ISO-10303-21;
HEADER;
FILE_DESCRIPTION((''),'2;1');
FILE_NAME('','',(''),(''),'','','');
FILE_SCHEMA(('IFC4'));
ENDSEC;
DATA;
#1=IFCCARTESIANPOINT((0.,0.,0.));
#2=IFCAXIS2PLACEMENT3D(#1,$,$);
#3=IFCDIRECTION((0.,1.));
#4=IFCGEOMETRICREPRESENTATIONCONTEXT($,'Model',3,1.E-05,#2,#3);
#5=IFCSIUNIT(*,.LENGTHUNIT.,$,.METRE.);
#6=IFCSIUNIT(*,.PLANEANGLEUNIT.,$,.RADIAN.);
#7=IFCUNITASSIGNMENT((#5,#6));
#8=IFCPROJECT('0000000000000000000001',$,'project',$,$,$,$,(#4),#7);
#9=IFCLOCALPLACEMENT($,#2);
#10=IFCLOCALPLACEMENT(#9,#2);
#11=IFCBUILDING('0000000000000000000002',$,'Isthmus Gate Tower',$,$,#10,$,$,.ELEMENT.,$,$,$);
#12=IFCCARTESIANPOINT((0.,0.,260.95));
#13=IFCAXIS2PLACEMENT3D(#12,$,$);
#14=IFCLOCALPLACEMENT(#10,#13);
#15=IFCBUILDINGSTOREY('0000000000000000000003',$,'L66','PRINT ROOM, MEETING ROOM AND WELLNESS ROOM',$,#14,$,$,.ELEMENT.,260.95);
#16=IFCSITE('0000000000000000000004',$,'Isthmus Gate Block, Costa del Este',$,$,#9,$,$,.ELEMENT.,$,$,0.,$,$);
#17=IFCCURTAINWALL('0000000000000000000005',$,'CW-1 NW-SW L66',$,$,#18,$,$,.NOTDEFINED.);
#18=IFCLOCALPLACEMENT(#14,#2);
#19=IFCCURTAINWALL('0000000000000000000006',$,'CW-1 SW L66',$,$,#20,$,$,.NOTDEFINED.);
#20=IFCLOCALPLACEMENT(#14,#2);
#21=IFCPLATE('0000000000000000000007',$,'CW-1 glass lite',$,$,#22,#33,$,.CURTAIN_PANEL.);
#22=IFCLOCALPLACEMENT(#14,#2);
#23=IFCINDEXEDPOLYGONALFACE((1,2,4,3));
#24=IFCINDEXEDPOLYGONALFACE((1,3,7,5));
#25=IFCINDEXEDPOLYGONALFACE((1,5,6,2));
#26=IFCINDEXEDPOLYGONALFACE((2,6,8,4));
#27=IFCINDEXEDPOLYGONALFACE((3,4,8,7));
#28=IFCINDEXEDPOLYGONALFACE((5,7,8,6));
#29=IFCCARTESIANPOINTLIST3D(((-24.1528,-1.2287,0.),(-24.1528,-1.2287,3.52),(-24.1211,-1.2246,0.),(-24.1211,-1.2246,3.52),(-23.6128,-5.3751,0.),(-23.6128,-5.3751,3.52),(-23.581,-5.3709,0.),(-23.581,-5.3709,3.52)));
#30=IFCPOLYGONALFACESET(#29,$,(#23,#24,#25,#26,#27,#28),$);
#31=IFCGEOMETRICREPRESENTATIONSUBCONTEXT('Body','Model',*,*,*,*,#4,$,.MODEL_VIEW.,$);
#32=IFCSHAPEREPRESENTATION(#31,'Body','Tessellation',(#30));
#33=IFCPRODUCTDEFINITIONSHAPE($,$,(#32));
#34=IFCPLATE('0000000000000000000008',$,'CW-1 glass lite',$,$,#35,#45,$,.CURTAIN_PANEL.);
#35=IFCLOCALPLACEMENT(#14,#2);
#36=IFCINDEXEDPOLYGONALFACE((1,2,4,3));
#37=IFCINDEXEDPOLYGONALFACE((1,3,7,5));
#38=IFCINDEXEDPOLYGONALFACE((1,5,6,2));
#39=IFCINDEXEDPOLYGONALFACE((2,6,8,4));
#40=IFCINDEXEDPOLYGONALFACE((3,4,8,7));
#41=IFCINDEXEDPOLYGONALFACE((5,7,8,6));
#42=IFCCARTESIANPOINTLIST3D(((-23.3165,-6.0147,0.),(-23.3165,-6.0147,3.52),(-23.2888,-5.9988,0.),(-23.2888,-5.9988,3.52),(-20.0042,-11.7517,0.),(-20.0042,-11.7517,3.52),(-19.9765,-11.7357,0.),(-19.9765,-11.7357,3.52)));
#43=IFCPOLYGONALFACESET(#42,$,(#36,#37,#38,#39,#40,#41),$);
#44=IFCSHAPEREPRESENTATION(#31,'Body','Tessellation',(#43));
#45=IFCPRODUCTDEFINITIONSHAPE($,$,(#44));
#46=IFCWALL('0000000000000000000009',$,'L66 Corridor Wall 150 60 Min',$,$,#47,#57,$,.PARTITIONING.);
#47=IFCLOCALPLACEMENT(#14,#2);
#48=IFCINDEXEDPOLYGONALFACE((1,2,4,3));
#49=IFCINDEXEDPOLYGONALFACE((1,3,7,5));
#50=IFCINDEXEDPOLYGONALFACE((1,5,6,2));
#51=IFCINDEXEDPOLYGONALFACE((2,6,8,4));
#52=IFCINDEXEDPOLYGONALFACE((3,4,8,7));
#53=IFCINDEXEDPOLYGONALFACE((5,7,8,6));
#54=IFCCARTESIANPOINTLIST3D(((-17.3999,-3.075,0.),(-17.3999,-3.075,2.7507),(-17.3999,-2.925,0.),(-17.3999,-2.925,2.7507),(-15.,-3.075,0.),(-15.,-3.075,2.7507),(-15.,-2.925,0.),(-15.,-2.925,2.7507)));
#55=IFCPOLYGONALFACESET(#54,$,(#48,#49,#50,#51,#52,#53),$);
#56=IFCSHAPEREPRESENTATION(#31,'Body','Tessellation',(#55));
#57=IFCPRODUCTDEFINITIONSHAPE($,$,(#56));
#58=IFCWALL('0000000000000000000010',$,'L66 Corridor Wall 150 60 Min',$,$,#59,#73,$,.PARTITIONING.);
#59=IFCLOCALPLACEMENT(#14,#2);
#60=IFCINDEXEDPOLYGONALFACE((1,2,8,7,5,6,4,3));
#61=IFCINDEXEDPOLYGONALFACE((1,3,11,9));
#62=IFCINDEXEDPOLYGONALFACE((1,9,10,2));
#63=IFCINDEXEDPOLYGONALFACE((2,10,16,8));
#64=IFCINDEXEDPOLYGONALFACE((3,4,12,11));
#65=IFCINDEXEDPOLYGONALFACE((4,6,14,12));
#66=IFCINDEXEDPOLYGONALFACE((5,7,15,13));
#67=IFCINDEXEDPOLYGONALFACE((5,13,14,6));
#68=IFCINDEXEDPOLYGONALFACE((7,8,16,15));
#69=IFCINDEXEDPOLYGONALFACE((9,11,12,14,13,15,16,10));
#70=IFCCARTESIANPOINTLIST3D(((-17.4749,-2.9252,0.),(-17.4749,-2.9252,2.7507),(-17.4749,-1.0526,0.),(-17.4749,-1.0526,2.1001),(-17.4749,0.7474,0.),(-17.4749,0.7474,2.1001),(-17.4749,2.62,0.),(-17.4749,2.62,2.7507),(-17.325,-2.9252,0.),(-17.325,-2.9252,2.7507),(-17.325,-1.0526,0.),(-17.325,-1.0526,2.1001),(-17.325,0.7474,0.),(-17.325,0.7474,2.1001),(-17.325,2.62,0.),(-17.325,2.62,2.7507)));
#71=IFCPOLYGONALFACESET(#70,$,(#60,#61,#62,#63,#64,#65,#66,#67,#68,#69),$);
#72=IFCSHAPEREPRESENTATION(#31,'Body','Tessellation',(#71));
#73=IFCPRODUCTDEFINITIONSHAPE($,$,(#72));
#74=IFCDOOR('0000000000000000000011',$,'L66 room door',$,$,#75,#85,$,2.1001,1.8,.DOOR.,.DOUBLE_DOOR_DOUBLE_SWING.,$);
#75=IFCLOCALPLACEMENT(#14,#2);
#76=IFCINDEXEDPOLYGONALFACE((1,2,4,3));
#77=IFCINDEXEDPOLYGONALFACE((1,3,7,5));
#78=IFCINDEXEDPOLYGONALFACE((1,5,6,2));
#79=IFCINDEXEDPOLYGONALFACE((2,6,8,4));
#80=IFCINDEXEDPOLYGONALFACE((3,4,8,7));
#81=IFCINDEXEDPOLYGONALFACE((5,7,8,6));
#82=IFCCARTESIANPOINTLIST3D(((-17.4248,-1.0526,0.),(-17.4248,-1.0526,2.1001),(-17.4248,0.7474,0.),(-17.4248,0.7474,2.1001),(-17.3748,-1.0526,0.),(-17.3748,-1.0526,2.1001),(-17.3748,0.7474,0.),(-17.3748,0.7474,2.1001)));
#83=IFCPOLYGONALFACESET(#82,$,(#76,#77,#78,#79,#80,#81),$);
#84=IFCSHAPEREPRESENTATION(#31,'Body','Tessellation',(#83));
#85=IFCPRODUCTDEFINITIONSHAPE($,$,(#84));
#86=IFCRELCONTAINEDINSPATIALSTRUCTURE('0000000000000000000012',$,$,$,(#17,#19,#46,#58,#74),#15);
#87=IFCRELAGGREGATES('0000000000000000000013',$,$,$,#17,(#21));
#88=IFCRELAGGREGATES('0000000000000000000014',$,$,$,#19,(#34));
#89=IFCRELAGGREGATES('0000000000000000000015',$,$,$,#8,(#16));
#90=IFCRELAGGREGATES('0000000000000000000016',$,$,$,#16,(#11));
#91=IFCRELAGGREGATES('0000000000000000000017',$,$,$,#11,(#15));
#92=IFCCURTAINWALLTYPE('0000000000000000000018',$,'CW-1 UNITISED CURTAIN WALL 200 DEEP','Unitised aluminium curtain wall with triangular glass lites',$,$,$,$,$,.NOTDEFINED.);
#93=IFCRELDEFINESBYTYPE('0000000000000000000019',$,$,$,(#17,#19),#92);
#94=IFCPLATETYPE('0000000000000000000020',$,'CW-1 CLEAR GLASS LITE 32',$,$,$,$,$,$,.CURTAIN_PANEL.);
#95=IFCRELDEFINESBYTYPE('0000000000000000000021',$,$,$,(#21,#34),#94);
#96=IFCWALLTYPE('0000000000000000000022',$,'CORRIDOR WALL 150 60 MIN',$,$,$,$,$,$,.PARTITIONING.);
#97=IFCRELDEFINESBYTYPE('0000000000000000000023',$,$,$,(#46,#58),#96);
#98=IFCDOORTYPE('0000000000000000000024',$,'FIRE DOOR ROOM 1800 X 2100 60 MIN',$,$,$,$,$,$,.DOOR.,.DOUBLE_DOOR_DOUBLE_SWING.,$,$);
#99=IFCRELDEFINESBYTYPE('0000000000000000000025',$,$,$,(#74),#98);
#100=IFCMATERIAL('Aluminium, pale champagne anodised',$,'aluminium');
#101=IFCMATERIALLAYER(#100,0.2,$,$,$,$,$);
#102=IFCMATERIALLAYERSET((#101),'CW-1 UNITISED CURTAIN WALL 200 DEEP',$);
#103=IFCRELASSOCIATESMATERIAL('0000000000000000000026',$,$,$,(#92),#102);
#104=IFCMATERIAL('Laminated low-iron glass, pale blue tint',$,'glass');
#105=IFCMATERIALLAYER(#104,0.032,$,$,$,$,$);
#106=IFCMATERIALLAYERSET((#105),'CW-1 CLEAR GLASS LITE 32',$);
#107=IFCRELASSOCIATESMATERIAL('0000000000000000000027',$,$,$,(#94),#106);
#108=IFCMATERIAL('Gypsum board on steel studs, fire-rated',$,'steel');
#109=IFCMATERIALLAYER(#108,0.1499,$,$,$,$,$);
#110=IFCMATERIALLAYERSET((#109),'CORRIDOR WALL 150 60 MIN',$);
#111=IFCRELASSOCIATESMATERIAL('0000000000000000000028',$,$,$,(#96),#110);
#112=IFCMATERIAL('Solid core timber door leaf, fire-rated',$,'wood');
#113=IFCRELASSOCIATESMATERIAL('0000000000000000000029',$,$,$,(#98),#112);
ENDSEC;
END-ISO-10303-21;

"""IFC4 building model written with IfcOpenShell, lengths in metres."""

from ifc_helpers import new_model, si_unit, direction, frame, frame_2d, origin, origin_2d, place, context, subcontext, project, spatial, rectangle, extrude, material, layer, layer_set, type_object, element, fill, aggregate, save


model = new_model("IFC4")

# Units and contexts
model_context = context("Model", 3, precision=1e-05, world=origin(), true_north=direction((0.0, 1.0)))
body_context = subcontext(model_context, "Body", "Model", "MODEL_VIEW")
ifc_project = project(units=[si_unit("LENGTHUNIT", "METRE"), si_unit("PLANEANGLEUNIT", "RADIAN")], contexts=[model_context])

# Site, building, storey
site_placement = place(None, origin())
site = spatial("IfcSite", under=ifc_project, at=site_placement, Name="Isthmus Gate Block, Costa del Este", CompositionType="ELEMENT", RefElevation=0.0)
building_placement = place(site_placement, origin())
building = spatial("IfcBuilding", under=site, at=building_placement, Name="Isthmus Gate Tower", CompositionType="ELEMENT")
storey_placement = place(building_placement, frame((0.0, 0.0, 260.95)))
storey = spatial("IfcBuildingStorey", under=building, at=storey_placement, Name="L66", Description="PRINT ROOM, MEETING ROOM AND WELLNESS ROOM", CompositionType="ELEMENT", Elevation=260.95)

# Curtain walls
ifc_material_1 = material(Name="Aluminium, pale champagne anodised", Category="aluminium")
ifc_layer_1 = layer(ifc_material_1, 0.2)
ifc_layer_set_1 = layer_set([ifc_layer_1], Name="CW-1 UNITISED CURTAIN WALL 200 DEEP")
curtain_wall_type = type_object("IfcCurtainWallType", Name="CW-1 UNITISED CURTAIN WALL 200 DEEP", Description="Unitised aluminium curtain wall with triangular glass lites", PredefinedType="NOTDEFINED", material=ifc_layer_set_1)
curtain_wall_1_placement = place(storey_placement, origin())
curtain_wall_1 = element("IfcCurtainWall", 1, at=curtain_wall_1_placement, inside=storey, type_object=curtain_wall_type, Name="CW-1 NW-SW L66", PredefinedType="NOTDEFINED")
curtain_wall_2_placement = place(storey_placement, origin())
curtain_wall_2 = element("IfcCurtainWall", 2, at=curtain_wall_2_placement, inside=storey, type_object=curtain_wall_type, Name="CW-1 SW L66", PredefinedType="NOTDEFINED")

# Plates
ifc_material_2 = material(Name="Laminated low-iron glass, pale blue tint", Category="glass")
ifc_layer_2 = layer(ifc_material_2, 0.032)
ifc_layer_set_2 = layer_set([ifc_layer_2], Name="CW-1 CLEAR GLASS LITE 32")
plate_type = type_object("IfcPlateType", Name="CW-1 CLEAR GLASS LITE 32", PredefinedType="CURTAIN_PANEL", material=ifc_layer_set_2)
plate_1_placement = place(storey_placement, frame((-23.8669, -3.2998, 0.0), z_axis=(0.0, 0.0, 1.0), x_axis=(0.129165, -0.991623, 0.0)))
plate_1 = element("IfcPlate", 3, at=plate_1_placement, type_object=plate_type, Name="CW-1 glass lite", PredefinedType="CURTAIN_PANEL", context=body_context, shape_type="SweptSolid", body=[
    extrude(rectangle(XDim=4.1814, YDim=0.032, at=origin_2d()), origin(), (0.0, 0.0, 1.0), 3.52),
])
aggregate(curtain_wall_1, [plate_1])
plate_2_placement = place(storey_placement, frame((-21.6465, -8.8752, 0.0), z_axis=(0.0, 0.0, 1.0), x_axis=(0.5, -0.866025, 0.0)))
plate_2 = element("IfcPlate", 4, at=plate_2_placement, type_object=plate_type, Name="CW-1 glass lite", PredefinedType="CURTAIN_PANEL", context=body_context, shape_type="SweptSolid", body=[
    extrude(rectangle(XDim=6.6245, YDim=0.032, at=origin_2d()), origin(), (0.0, 0.0, 1.0), 3.52),
])
aggregate(curtain_wall_2, [plate_2])

# Wall
ifc_material_3 = material(Name="Gypsum board on steel studs, fire-rated", Category="steel")
ifc_layer_3 = layer(ifc_material_3, 0.1499)
ifc_layer_set_3 = layer_set([ifc_layer_3], Name="CORRIDOR WALL 150 60 MIN")
wall_type_1 = type_object("IfcWallType", Name="CORRIDOR WALL 150 60 MIN", PredefinedType="PARTITIONING", material=ifc_layer_set_3)
wall_1_placement = place(storey_placement, frame((-15.0, -3.0, 0.0), z_axis=(0.0, 0.0, 1.0), x_axis=(-1.0, 0.0, 0.0)))
element("IfcWall", 5, at=wall_1_placement, inside=storey, type_object=wall_type_1, Name="L66 Corridor Wall 150 60 Min", PredefinedType="PARTITIONING", context=body_context, shape_type="SweptSolid", body=[
    extrude(rectangle(XDim=2.3999, YDim=0.1499, at=frame_2d((1.2, 0.0))), origin(), (0.0, 0.0, 1.0), 2.7507),
])

# Wall, opening, door
wall_2_placement = place(storey_placement, frame((-17.3999, -2.925, 0.0), z_axis=(0.0, 0.0, 1.0), x_axis=(0.0, 1.0, 0.0)))
wall_2 = element("IfcWall", 6, at=wall_2_placement, inside=storey, type_object=wall_type_1, Name="L66 Corridor Wall 150 60 Min", PredefinedType="PARTITIONING", context=body_context, shape_type="SweptSolid", body=[
    extrude(rectangle(XDim=5.5452, YDim=0.1499, at=frame_2d((2.7725, 0.0))), origin(), (0.0, 0.0, 1.0), 2.7507),
])
opening_1_placement = place(wall_2_placement, frame((1.8726, 0.0, 0.0)))
opening_1 = element("IfcOpeningElement", 7, at=opening_1_placement, cuts=wall_2, PredefinedType="OPENING", context=body_context, shape_type="SweptSolid", body=[
    extrude(rectangle(XDim=1.8, YDim=2.1001, at=frame_2d((0.8999, 1.05))), frame((0.0, 0.085, 0.0), z_axis=(0.0, -1.0, 0.0), x_axis=(1.0, 0.0, 0.0)), (0.0, 0.0, 1.0), 0.1699),
])
ifc_material_4 = material(Name="Solid core timber door leaf, fire-rated", Category="wood")
door_type_1 = type_object("IfcDoorType", Name="FIRE DOOR ROOM 1800 X 2100 60 MIN", OperationType="DOUBLE_DOOR_DOUBLE_SWING", PredefinedType="DOOR", material=ifc_material_4)
door_1_placement = place(opening_1_placement, origin())
door_1 = element("IfcDoor", 8, at=door_1_placement, inside=storey, type_object=door_type_1, Name="L66 room door", OperationType="DOUBLE_DOOR_DOUBLE_SWING", OverallHeight=2.1001, OverallWidth=1.8, PredefinedType="DOOR", context=body_context, shape_type="SweptSolid", body=[
    extrude(rectangle(XDim=1.8, YDim=2.1001, at=frame_2d((0.8999, 1.05))), frame((0.0, 0.0249, 0.0), z_axis=(0.0, -1.0, 0.0), x_axis=(1.0, 0.0, 0.0)), (0.0, 0.0, 1.0), 0.05),
])
fill(opening_1, door_1)

save(model, "model.ifc")
